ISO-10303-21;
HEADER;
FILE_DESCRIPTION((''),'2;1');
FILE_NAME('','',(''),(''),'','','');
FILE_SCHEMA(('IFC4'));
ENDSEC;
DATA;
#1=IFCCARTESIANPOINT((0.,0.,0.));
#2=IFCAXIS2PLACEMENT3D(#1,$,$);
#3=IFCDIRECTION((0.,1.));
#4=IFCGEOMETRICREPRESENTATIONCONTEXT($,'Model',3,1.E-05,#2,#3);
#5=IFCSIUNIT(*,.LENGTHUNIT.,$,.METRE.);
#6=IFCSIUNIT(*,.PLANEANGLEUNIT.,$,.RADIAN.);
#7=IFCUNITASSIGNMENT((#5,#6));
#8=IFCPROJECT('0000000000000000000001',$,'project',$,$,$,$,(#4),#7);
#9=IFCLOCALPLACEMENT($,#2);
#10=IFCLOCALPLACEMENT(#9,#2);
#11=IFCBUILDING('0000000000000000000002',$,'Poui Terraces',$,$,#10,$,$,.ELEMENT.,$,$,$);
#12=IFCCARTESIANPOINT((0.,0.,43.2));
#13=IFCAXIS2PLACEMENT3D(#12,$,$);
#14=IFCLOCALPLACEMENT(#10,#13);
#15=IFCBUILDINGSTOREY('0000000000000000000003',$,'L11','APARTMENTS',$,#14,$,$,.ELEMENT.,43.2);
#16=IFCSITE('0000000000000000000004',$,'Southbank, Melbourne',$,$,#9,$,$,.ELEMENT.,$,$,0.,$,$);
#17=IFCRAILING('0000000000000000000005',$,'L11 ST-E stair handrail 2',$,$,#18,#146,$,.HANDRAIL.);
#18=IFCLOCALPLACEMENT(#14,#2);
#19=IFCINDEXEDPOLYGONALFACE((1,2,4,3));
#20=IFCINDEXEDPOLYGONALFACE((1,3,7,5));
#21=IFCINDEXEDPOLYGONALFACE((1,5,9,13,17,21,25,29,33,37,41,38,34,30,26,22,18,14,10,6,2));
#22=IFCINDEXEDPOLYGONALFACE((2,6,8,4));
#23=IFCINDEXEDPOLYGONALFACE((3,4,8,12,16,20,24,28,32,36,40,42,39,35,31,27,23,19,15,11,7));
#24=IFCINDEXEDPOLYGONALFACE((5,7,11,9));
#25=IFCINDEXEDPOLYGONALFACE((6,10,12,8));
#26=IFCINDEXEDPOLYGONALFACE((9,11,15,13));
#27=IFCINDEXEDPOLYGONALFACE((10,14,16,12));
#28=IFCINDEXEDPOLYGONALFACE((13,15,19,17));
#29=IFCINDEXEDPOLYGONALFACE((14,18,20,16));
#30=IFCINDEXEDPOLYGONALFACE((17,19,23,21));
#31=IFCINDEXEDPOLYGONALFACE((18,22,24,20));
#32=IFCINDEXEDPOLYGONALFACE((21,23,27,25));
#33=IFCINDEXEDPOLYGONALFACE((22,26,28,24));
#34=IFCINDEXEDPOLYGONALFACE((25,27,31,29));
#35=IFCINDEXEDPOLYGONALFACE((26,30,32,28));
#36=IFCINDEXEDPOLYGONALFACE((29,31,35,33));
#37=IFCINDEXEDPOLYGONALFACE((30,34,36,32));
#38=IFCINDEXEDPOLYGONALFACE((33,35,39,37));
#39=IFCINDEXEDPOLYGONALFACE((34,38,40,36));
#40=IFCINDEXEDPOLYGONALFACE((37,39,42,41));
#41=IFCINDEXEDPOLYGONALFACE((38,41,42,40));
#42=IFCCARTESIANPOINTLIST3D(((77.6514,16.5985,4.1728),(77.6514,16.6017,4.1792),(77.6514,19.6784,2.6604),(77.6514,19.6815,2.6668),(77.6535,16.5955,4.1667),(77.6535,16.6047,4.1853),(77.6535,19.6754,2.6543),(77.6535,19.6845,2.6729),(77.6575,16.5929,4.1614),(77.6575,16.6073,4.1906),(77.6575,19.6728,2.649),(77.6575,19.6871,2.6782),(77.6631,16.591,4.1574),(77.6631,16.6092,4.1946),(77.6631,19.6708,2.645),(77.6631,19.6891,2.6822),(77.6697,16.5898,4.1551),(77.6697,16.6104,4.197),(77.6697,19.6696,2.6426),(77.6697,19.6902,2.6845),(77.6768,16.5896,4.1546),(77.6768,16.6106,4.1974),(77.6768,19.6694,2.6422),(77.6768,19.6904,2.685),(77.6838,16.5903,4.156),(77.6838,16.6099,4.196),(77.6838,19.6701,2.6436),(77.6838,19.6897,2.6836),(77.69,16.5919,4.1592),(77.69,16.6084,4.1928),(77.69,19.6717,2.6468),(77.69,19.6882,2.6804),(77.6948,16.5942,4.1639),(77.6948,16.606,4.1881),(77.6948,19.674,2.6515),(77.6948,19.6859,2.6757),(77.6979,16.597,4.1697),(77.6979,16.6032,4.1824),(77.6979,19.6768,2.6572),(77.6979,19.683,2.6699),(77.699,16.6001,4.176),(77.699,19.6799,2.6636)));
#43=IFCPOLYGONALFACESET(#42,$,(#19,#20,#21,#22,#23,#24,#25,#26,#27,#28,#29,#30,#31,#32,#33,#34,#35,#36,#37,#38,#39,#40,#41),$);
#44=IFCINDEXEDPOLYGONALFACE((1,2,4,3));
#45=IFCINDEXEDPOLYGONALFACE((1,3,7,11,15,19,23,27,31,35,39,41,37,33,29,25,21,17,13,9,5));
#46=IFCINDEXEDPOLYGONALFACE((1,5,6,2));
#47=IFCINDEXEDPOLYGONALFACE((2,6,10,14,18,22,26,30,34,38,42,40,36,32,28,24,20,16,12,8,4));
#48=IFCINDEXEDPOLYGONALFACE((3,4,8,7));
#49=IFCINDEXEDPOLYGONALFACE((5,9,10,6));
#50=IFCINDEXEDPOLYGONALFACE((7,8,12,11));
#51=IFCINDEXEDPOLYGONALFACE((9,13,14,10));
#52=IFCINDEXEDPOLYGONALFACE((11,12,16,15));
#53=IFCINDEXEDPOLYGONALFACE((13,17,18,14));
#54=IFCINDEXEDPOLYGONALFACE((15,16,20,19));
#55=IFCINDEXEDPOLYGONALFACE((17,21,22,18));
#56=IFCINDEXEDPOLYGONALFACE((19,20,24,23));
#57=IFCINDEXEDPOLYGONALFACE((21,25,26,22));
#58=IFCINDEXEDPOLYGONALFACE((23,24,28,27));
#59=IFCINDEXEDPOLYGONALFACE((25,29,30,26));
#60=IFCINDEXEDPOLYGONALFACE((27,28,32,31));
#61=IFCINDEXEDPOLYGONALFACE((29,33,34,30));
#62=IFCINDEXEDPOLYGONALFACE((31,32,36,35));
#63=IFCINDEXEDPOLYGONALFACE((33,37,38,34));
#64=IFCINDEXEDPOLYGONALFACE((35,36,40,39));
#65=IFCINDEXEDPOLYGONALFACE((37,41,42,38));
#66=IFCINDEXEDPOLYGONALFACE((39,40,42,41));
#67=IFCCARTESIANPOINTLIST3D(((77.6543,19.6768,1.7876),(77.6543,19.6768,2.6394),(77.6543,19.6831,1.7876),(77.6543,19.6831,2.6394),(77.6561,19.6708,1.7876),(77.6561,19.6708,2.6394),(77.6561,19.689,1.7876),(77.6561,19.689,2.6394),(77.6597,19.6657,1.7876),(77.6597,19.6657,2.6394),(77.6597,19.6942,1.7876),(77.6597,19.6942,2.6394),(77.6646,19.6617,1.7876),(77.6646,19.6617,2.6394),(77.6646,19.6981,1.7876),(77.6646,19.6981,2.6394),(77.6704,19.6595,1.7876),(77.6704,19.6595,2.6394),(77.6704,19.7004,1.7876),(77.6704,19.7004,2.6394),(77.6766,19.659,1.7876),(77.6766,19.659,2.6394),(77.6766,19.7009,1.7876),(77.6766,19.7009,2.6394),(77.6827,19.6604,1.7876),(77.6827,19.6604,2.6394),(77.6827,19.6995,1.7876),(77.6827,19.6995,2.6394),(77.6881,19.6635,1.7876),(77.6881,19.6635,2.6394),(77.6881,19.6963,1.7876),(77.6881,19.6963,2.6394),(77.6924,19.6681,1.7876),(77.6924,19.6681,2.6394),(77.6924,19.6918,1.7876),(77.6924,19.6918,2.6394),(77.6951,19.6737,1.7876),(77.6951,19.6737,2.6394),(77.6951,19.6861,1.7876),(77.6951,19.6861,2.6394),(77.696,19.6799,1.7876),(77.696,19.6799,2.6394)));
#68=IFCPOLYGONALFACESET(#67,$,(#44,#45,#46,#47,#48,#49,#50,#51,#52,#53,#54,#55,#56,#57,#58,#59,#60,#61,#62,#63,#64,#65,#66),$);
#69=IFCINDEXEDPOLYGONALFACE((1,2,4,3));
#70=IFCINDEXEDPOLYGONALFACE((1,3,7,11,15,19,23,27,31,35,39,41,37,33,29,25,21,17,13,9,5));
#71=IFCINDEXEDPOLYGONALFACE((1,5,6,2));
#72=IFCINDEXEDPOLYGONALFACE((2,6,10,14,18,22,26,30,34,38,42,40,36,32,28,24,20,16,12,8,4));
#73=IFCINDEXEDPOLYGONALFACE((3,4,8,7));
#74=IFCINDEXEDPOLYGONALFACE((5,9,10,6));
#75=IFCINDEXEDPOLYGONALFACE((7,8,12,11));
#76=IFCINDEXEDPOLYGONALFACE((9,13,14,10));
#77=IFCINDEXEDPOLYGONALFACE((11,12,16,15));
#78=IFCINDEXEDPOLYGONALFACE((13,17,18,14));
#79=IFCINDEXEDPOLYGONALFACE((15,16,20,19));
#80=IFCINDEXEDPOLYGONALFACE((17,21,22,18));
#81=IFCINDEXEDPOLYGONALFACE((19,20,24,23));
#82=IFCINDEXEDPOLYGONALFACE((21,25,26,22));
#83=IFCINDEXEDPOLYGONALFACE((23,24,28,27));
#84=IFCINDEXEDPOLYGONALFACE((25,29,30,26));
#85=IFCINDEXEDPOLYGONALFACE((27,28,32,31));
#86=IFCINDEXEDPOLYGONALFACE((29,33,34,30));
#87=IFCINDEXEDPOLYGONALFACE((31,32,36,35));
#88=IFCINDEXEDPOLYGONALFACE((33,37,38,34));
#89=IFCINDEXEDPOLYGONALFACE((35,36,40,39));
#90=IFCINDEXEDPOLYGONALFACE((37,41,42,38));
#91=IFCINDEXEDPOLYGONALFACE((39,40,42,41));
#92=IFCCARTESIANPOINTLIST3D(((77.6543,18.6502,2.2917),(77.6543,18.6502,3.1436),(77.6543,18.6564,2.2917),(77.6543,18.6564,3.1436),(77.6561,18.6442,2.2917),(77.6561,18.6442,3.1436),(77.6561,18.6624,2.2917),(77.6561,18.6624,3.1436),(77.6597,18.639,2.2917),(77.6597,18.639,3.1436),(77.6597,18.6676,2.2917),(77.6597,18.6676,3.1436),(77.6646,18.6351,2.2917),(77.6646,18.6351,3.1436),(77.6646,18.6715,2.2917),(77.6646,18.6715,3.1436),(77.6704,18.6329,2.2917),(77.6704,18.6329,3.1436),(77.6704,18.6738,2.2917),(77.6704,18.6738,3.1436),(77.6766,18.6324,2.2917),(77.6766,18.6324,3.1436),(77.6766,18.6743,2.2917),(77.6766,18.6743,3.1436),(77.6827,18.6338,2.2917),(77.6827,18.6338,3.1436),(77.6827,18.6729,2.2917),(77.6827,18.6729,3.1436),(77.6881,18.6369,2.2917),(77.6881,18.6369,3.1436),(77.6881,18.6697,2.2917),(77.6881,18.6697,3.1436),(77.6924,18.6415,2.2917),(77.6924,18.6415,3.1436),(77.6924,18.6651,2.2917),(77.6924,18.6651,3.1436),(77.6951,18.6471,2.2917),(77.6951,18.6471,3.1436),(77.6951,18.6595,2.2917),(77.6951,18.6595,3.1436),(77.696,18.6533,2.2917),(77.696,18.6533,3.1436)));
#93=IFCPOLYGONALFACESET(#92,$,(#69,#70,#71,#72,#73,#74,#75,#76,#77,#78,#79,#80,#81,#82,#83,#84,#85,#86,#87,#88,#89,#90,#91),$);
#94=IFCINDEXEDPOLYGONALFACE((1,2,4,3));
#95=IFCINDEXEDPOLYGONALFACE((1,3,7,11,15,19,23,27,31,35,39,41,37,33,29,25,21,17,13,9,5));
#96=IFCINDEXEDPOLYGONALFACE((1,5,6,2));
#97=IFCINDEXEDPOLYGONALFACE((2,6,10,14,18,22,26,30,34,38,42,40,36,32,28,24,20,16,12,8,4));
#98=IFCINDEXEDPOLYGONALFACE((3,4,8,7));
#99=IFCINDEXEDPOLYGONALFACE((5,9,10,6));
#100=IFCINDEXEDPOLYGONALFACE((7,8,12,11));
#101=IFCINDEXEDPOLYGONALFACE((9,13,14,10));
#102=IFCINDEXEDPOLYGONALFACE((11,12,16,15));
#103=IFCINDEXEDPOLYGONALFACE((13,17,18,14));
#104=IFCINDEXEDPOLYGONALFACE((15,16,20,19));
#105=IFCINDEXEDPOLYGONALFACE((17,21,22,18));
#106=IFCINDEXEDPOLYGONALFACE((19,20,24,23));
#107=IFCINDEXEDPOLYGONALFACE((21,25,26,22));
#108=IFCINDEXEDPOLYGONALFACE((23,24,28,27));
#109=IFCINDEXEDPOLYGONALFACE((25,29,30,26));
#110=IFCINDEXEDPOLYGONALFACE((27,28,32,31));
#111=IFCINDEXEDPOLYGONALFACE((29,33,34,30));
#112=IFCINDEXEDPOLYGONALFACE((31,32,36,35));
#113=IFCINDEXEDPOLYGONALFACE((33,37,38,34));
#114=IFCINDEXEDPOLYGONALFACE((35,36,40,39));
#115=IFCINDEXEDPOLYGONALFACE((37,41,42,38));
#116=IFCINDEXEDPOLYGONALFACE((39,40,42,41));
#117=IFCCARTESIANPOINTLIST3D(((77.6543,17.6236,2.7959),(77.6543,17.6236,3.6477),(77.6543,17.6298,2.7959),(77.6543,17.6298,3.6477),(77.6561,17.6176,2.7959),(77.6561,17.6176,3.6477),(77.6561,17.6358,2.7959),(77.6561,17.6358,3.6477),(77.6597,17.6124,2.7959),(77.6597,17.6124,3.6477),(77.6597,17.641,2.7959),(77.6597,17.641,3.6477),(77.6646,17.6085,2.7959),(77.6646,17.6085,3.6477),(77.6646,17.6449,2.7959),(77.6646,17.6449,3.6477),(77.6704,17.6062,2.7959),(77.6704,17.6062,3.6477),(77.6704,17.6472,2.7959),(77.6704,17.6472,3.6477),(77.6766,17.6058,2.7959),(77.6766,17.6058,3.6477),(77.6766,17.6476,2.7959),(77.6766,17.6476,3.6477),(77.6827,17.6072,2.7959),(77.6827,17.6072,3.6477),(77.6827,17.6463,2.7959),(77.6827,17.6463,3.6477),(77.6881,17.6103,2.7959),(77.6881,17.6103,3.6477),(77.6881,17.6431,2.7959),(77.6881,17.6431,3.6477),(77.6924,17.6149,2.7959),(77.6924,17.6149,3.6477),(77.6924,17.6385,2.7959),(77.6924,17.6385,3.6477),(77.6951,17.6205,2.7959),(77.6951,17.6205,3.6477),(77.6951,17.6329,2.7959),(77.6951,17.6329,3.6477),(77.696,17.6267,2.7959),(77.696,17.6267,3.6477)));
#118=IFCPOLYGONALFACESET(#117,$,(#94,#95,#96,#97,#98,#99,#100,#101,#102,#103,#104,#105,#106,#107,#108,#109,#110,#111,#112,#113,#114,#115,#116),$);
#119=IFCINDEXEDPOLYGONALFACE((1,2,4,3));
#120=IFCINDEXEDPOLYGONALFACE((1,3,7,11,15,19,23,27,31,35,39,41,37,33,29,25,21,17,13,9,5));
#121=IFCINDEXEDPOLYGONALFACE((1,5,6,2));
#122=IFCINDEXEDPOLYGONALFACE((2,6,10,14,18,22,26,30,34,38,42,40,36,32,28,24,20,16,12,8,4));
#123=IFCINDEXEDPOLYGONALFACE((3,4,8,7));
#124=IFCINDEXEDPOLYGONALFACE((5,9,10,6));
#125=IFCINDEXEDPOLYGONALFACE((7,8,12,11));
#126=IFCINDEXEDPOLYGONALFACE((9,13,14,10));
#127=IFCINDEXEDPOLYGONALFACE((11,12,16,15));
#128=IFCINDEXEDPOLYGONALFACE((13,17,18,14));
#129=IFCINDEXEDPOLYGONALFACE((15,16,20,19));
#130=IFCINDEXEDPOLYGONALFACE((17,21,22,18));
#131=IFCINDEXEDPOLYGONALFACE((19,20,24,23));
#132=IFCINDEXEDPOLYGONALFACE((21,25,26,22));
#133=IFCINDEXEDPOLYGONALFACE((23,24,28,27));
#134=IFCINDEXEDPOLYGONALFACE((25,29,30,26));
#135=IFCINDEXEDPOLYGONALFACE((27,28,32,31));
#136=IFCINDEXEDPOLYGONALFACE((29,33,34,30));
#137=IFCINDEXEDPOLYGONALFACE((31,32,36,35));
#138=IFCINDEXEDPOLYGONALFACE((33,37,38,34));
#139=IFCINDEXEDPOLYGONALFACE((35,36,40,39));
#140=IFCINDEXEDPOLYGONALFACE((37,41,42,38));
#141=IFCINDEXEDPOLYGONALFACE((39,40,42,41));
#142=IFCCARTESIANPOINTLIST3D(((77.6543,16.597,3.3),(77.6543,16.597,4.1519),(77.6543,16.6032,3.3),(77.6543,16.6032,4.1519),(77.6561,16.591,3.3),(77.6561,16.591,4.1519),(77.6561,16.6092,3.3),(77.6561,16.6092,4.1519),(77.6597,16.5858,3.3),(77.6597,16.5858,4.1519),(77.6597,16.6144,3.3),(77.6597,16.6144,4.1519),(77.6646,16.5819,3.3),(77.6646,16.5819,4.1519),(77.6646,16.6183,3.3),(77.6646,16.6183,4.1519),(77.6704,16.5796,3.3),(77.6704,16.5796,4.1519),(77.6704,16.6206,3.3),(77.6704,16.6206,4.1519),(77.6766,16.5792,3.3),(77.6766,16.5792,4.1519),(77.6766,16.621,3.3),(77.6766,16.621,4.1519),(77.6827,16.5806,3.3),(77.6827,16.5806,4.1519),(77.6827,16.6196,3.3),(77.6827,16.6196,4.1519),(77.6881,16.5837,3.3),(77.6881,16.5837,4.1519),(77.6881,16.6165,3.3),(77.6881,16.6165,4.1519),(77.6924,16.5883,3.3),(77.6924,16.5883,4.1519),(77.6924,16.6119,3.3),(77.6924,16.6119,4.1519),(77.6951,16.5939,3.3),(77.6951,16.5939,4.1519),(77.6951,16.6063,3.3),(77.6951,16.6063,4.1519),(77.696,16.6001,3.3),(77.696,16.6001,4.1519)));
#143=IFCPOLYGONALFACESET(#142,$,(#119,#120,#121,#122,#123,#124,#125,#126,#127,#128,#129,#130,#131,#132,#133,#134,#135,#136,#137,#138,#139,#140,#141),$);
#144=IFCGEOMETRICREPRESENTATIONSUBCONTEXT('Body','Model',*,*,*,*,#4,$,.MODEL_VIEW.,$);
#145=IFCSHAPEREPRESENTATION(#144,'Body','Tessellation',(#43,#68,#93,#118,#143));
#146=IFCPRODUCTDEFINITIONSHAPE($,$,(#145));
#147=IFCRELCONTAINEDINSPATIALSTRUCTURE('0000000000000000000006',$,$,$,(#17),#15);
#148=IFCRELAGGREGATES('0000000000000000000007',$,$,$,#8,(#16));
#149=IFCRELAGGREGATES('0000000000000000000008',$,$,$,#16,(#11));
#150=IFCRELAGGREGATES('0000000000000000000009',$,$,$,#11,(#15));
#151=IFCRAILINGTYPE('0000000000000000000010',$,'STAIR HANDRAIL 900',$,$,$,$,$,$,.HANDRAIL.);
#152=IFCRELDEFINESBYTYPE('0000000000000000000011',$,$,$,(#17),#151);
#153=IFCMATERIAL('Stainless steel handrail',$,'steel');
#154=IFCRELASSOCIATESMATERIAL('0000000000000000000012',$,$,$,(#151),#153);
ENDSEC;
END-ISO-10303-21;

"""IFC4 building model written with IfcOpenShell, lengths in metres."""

from ifc_helpers import new_model, si_unit, direction, frame, origin, origin_2d, place, context, subcontext, project, spatial, circle, extrude, material, type_object, element, save


model = new_model("IFC4")

# Units and contexts
model_context = context("Model", 3, precision=1e-05, world=origin(), true_north=direction((0.0, 1.0)))
body_context = subcontext(model_context, "Body", "Model", "MODEL_VIEW")
ifc_project = project(units=[si_unit("LENGTHUNIT", "METRE"), si_unit("PLANEANGLEUNIT", "RADIAN")], contexts=[model_context])

# Site, building, storey
site_placement = place(None, origin())
site = spatial("IfcSite", under=ifc_project, at=site_placement, Name="Southbank, Melbourne", CompositionType="ELEMENT", RefElevation=0.0)
building_placement = place(site_placement, origin())
building = spatial("IfcBuilding", under=site, at=building_placement, Name="Poui Terraces", CompositionType="ELEMENT")
storey_placement = place(building_placement, frame((0.0, 0.0, 43.2)))
storey = spatial("IfcBuildingStorey", under=building, at=storey_placement, Name="L11", Description="APARTMENTS", CompositionType="ELEMENT", Elevation=43.2)

# Railing
ifc_material_1 = material(Name="Stainless steel handrail", Category="steel")
railing_type_1 = type_object("IfcRailingType", Name="STAIR HANDRAIL 900", PredefinedType="HANDRAIL", material=ifc_material_1)
railing_1_placement = place(storey_placement, frame((77.675, 19.6799, 1.7876)))
element("IfcRailing", 1, at=railing_1_placement, inside=storey, type_object=railing_type_1, Name="L11 ST-E stair handrail 2", PredefinedType="HANDRAIL", context=body_context, shape_type="SweptSolid", body=[
    extrude(circle(Radius=0.0239, at=origin_2d()), frame((0.0, 0.0, 0.876), z_axis=(0.0, -0.897606, 0.440798), x_axis=(1.0, 0.0, 0.0)), (0.0, 0.0, 1.0), 3.4312),
    extrude(circle(Radius=0.021, at=origin_2d()), origin(), (0.0, 0.0, 1.0), 0.8518),
    extrude(circle(Radius=0.021, at=origin_2d()), frame((0.0, -1.0266, 0.5042)), (0.0, 0.0, 1.0), 0.8518),
    extrude(circle(Radius=0.021, at=origin_2d()), frame((0.0, -2.0532, 1.0083)), (0.0, 0.0, 1.0), 0.8518),
    extrude(circle(Radius=0.021, at=origin_2d()), frame((0.0, -3.0798, 1.5125)), (0.0, 0.0, 1.0), 0.8518),
])

save(model, "model.ifc")
